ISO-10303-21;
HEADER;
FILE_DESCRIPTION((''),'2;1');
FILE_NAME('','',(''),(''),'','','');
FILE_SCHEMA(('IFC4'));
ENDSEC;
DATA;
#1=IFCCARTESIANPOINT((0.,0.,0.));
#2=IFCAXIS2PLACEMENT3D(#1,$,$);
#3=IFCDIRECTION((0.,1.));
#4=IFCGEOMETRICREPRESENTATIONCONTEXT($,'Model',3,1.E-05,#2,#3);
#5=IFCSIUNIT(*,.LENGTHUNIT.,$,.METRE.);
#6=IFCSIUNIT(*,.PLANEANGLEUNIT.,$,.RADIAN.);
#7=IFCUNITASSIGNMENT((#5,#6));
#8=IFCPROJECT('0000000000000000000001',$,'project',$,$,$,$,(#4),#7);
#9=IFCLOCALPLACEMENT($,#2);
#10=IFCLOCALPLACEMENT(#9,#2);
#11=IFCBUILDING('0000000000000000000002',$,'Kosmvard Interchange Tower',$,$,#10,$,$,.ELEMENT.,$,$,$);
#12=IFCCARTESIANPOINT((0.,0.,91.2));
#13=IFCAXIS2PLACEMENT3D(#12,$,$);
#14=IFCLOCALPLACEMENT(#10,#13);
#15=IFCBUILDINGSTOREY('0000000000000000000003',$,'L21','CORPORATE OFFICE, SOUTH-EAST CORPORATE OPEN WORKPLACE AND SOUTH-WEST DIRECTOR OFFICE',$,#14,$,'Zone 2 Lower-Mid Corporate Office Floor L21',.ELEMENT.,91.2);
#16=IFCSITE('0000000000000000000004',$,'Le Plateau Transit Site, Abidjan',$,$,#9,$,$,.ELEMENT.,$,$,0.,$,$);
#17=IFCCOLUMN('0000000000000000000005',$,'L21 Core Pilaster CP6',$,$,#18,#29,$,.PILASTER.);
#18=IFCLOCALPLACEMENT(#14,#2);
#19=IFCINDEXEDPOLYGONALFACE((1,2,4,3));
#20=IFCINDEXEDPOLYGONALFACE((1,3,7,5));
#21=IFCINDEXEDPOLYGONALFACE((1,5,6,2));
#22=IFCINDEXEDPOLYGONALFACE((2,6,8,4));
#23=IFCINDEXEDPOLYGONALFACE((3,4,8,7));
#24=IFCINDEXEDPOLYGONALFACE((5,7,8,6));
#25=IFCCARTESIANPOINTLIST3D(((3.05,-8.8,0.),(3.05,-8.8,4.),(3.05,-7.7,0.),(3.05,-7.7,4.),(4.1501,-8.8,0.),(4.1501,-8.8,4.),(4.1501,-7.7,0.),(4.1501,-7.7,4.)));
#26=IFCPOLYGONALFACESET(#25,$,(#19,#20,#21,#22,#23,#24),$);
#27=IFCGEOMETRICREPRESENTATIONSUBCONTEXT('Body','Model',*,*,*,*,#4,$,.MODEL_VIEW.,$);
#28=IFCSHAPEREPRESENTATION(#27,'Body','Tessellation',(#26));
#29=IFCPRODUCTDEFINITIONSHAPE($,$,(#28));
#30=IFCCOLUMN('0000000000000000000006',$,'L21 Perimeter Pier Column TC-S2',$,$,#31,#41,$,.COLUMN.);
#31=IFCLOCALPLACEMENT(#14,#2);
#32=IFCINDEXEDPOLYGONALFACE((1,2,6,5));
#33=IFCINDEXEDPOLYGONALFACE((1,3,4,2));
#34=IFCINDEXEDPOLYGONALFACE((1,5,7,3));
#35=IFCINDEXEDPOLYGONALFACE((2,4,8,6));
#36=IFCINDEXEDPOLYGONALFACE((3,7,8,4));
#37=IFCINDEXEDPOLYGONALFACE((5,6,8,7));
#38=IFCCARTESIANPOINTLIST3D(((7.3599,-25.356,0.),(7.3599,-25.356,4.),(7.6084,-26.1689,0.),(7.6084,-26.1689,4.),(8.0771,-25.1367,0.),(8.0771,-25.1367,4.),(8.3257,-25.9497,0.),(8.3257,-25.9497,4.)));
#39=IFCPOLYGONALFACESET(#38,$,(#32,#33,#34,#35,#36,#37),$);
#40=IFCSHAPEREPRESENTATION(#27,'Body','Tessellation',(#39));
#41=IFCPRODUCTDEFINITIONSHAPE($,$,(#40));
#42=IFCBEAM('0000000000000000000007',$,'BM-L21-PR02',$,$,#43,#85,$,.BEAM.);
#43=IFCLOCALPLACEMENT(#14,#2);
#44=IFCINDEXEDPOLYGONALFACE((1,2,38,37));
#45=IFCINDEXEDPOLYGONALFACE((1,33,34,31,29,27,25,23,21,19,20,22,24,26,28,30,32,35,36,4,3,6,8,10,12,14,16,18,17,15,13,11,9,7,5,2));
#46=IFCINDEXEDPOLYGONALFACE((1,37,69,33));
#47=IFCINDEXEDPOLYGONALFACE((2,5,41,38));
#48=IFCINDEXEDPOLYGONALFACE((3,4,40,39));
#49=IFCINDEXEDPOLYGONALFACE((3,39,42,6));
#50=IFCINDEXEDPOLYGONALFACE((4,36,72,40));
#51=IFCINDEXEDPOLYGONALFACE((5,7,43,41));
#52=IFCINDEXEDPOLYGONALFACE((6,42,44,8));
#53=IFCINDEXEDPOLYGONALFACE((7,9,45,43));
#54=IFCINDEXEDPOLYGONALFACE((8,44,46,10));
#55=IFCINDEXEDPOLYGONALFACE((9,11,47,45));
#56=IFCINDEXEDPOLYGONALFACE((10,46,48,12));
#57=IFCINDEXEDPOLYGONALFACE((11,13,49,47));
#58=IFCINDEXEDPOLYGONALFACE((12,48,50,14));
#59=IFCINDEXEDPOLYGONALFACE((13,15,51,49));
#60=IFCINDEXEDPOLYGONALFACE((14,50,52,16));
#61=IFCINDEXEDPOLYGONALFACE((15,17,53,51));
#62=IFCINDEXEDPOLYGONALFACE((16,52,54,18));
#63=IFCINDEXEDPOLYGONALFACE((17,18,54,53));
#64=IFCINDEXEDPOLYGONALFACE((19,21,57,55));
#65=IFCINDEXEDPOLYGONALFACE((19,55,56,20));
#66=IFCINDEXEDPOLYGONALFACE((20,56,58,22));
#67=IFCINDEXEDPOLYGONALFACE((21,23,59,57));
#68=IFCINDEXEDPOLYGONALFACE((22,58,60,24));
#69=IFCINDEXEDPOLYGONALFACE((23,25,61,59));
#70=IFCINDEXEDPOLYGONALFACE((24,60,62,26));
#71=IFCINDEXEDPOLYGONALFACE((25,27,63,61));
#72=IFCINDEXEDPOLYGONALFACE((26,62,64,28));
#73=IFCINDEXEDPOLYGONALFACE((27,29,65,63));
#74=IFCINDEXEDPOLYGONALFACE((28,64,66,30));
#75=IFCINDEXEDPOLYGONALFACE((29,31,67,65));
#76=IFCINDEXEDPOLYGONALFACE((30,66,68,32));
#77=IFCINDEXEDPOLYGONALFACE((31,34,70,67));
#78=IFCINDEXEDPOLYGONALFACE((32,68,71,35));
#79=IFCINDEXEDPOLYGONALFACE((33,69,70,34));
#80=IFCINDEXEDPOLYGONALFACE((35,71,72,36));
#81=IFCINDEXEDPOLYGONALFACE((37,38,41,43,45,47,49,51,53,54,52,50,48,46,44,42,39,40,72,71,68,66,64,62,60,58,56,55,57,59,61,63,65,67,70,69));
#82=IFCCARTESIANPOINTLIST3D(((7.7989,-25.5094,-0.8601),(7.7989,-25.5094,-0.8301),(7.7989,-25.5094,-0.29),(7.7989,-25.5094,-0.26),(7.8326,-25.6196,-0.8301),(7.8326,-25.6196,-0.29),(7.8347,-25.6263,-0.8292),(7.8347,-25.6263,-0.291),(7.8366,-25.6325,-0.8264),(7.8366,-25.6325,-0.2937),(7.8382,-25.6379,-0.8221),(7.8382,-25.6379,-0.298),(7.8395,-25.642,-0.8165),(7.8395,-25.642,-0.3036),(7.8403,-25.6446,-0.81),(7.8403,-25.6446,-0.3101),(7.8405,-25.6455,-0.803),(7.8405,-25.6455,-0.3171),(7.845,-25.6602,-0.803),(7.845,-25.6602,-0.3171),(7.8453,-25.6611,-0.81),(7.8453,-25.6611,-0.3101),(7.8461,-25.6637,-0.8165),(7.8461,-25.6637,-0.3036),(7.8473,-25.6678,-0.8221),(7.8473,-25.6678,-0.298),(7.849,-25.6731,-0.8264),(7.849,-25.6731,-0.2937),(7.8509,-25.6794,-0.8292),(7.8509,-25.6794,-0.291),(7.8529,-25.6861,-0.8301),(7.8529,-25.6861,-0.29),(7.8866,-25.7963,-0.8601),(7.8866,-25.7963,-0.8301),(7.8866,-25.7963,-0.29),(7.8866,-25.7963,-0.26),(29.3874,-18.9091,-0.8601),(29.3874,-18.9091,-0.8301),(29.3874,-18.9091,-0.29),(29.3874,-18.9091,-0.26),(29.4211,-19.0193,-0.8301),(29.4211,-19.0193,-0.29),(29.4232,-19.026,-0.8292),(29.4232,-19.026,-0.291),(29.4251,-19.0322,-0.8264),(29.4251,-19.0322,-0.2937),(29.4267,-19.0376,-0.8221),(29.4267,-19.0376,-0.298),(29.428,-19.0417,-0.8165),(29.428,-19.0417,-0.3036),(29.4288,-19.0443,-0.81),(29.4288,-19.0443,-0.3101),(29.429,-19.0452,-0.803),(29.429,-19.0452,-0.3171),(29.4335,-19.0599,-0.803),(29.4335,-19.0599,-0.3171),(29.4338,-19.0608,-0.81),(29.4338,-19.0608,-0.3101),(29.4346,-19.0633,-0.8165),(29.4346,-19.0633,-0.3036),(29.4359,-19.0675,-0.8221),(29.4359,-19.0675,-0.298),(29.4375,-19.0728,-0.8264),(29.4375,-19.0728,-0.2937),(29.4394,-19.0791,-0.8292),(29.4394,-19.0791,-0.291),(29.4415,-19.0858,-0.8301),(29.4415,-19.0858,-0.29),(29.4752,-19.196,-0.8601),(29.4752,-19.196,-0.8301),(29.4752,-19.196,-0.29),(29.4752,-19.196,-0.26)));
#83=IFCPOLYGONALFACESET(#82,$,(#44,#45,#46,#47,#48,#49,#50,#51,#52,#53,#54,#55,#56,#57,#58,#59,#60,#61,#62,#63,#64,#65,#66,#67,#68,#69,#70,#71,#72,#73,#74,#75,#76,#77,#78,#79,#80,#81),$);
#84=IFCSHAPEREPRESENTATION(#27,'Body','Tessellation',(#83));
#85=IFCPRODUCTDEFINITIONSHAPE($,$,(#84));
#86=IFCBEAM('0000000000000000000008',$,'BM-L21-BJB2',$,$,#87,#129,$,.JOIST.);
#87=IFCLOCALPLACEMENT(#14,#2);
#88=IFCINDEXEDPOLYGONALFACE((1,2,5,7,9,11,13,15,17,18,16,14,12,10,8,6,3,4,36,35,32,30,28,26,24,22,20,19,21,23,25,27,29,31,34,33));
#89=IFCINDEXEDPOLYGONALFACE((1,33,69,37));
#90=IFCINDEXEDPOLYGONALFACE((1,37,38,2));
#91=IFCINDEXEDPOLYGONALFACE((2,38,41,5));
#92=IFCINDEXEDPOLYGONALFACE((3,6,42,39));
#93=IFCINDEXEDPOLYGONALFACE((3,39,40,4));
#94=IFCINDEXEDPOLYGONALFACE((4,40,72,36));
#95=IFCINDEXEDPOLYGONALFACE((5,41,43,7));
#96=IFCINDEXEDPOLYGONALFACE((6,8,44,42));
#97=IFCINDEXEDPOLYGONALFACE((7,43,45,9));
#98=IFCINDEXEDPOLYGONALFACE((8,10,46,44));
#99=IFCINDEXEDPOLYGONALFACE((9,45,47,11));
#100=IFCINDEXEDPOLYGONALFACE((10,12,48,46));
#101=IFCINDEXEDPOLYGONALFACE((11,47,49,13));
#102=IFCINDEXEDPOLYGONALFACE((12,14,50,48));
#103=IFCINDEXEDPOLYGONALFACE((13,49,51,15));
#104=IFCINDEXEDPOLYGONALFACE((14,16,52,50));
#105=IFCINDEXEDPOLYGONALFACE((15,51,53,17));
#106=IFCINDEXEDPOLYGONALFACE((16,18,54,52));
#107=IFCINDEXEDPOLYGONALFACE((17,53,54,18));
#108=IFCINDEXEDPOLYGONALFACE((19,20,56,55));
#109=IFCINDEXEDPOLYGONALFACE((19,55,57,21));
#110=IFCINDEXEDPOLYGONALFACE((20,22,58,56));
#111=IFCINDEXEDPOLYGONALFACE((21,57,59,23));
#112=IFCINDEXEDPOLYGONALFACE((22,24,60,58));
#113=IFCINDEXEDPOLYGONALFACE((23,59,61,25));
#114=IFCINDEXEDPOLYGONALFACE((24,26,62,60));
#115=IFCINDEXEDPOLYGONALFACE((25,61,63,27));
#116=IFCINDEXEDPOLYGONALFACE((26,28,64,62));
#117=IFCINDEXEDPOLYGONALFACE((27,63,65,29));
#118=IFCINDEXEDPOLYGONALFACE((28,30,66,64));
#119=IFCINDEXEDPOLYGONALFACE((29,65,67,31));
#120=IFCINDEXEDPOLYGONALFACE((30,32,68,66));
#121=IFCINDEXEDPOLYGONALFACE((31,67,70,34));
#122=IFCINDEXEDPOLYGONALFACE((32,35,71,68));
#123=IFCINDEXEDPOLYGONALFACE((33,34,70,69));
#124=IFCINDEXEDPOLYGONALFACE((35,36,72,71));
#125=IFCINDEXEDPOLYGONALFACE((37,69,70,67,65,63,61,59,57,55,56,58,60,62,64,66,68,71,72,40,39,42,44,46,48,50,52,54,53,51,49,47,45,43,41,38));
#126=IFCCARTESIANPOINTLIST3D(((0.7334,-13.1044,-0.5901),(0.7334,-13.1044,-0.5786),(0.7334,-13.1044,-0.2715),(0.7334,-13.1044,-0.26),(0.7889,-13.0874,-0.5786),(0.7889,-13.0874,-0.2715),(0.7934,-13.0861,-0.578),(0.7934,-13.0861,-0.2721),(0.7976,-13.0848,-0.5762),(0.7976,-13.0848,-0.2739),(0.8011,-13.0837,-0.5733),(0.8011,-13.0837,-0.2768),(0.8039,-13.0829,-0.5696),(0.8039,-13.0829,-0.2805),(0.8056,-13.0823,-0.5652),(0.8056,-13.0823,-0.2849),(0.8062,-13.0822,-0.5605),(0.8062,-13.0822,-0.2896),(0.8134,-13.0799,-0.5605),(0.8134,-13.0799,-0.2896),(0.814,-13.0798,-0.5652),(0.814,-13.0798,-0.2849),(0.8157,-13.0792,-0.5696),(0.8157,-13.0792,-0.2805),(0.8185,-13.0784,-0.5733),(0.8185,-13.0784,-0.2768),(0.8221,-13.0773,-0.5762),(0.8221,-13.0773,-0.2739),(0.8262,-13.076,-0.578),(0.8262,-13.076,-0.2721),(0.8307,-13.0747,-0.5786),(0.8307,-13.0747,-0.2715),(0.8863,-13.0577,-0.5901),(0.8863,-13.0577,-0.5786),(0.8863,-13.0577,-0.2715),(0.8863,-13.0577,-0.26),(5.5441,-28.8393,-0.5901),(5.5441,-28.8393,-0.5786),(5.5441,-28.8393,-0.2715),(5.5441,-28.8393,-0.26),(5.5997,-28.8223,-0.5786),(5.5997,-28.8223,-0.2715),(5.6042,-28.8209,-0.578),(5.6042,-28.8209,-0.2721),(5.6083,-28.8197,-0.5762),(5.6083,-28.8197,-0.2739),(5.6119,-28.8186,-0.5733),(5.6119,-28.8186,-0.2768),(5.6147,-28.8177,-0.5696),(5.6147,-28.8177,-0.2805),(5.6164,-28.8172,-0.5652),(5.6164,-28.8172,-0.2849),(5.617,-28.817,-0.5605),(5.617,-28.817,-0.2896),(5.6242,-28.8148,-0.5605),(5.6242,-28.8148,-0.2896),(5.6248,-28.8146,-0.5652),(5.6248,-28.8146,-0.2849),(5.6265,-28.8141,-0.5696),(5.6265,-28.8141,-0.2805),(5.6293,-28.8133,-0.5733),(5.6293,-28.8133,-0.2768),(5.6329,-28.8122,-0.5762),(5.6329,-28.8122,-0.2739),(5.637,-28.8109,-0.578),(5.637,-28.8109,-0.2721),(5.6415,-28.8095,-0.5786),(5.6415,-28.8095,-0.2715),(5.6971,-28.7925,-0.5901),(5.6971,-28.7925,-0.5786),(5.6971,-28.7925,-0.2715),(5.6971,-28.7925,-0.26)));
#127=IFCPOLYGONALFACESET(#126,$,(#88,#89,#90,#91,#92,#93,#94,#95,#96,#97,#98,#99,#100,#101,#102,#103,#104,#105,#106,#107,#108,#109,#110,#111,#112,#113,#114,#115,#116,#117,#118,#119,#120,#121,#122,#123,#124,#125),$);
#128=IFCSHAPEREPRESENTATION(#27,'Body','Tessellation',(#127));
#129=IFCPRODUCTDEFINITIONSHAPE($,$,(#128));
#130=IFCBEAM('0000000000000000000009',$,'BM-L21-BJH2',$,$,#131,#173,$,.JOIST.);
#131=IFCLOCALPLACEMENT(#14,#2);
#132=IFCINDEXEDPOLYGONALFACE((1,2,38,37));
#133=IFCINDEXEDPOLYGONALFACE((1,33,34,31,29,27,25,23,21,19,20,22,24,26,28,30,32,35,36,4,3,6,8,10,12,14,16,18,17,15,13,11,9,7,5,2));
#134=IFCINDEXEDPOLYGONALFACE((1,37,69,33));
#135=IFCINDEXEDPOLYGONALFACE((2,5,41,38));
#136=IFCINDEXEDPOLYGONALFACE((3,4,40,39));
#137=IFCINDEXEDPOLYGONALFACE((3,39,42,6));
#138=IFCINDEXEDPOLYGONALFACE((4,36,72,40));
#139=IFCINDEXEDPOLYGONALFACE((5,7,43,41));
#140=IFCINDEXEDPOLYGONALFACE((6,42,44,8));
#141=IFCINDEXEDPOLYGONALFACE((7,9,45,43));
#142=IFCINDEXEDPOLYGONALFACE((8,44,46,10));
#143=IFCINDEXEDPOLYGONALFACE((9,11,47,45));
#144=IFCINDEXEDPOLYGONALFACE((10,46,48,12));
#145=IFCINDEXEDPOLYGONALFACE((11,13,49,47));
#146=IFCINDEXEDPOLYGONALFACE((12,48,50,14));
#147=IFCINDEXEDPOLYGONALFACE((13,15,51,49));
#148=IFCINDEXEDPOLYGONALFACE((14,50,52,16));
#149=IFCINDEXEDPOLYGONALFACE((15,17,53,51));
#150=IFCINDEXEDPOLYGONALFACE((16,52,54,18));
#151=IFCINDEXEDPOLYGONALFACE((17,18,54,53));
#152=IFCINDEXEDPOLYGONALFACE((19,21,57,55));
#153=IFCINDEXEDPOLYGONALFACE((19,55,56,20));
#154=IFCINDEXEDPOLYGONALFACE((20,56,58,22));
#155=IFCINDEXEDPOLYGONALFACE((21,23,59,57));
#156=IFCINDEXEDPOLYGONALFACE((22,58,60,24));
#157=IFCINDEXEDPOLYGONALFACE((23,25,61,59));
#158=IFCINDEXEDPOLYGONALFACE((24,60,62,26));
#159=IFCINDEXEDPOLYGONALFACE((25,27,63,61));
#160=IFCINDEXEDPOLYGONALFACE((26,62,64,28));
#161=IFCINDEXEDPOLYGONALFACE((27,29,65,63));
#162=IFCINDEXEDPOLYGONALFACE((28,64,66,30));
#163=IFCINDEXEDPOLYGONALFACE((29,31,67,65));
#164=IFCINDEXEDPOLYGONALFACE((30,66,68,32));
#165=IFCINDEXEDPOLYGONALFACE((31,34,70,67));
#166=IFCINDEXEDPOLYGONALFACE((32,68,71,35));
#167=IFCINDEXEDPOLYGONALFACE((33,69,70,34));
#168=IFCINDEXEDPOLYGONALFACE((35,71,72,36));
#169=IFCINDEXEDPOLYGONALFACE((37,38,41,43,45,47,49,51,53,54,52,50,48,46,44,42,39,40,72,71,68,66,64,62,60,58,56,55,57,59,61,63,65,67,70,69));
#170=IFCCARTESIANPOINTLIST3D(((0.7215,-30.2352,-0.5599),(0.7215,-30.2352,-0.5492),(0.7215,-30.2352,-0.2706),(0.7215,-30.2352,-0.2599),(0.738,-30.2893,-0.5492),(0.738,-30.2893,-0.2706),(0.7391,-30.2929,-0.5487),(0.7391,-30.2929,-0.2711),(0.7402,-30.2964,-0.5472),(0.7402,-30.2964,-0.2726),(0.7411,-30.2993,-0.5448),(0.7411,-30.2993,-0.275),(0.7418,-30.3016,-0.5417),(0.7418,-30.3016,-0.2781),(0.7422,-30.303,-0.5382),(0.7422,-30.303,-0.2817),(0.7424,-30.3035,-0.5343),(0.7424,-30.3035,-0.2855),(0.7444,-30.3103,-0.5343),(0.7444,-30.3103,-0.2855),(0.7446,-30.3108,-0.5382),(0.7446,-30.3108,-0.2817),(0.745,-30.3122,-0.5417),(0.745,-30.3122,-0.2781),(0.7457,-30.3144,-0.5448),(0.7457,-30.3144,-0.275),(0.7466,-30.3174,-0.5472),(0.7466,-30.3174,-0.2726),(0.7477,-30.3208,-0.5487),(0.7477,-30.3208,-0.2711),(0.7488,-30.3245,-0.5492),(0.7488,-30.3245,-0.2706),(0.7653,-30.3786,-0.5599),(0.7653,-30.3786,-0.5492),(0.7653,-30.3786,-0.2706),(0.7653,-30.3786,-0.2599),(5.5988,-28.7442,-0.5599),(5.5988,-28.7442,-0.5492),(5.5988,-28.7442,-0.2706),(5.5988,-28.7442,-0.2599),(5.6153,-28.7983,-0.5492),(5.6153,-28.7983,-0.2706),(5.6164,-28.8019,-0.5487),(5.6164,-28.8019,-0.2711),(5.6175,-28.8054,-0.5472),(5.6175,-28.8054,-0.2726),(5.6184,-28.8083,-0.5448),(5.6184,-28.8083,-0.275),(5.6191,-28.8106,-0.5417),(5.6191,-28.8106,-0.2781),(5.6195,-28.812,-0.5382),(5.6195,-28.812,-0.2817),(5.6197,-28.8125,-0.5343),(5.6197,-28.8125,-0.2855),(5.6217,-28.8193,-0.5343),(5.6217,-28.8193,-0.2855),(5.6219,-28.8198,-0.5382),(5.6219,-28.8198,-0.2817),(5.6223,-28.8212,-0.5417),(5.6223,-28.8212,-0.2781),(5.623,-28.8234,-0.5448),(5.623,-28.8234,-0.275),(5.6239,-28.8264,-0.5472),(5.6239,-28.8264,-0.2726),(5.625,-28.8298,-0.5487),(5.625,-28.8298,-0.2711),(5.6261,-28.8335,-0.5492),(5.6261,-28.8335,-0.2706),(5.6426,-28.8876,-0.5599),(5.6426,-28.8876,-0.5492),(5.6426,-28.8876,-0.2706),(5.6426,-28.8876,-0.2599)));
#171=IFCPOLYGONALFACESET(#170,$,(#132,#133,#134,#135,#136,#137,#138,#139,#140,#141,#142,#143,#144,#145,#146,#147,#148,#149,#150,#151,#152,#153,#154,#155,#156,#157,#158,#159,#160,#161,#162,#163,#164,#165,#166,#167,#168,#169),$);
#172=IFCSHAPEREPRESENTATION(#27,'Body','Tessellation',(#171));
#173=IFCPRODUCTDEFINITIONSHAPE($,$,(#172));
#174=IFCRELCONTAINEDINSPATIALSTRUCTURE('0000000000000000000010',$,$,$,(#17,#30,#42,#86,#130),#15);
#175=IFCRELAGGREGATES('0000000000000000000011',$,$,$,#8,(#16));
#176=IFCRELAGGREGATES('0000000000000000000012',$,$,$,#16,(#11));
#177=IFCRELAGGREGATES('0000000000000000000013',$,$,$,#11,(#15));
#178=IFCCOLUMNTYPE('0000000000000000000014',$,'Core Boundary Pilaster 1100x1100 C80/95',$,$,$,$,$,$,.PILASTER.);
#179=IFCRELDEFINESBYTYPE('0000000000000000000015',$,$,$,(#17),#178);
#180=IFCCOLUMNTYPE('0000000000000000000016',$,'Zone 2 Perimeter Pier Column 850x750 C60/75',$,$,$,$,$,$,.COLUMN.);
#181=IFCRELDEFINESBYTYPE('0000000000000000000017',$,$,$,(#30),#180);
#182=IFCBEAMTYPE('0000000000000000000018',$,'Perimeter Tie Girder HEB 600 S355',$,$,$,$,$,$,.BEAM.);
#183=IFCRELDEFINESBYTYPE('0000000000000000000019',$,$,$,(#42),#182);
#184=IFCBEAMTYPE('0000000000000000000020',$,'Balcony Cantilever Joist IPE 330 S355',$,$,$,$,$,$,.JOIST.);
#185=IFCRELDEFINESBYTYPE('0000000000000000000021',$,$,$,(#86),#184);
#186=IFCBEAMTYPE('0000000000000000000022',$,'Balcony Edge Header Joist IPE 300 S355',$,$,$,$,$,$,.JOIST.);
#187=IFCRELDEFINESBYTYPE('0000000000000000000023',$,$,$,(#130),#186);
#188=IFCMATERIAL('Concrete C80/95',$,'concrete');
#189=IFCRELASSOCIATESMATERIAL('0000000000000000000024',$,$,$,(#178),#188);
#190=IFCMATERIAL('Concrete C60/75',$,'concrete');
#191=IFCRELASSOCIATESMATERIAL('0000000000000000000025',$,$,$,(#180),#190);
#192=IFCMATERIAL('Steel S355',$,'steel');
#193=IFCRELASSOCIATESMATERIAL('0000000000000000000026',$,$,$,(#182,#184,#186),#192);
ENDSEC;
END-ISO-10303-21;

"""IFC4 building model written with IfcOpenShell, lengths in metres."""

from ifc_helpers import new_model, si_unit, direction, frame, origin, origin_2d, place, context, subcontext, project, spatial, rectangle, i_section, extrude, source, transform, mapped, material, material_profile, profile_set, type_object, element, save


model = new_model("IFC4")

# Units and contexts
model_context = context("Model", 3, precision=1e-05, world=origin(), true_north=direction((0.0, 1.0)))
body_context = subcontext(model_context, "Body", "Model", "MODEL_VIEW")
ifc_project = project(units=[si_unit("LENGTHUNIT", "METRE"), si_unit("PLANEANGLEUNIT", "RADIAN")], contexts=[model_context])

# Site, building, storey
site_placement = place(None, origin())
site = spatial("IfcSite", under=ifc_project, at=site_placement, Name="Le Plateau Transit Site, Abidjan", CompositionType="ELEMENT", RefElevation=0.0)
building_placement = place(site_placement, origin())
building = spatial("IfcBuilding", under=site, at=building_placement, Name="Kosmvard Interchange Tower", CompositionType="ELEMENT")
storey_placement = place(building_placement, frame((0.0, 0.0, 91.2)))
storey = spatial("IfcBuildingStorey", under=building, at=storey_placement, Name="L21", Description="CORPORATE OFFICE, SOUTH-EAST CORPORATE OPEN WORKPLACE AND SOUTH-WEST DIRECTOR OFFICE", LongName="Zone 2 Lower-Mid Corporate Office Floor L21", CompositionType="ELEMENT", Elevation=91.2)

# Columns
ifc_material_1 = material(Name="Concrete C80/95", Category="concrete")
ifc_material_profile_1 = material_profile(ifc_material_1, rectangle(XDim=1.1001, YDim=1.1001, at=origin_2d()), Name="CP 1100x1100")
ifc_profile_set_1 = profile_set([ifc_material_profile_1], Name="Concrete C80/95")
column_type_1 = type_object("IfcColumnType", Name="Core Boundary Pilaster 1100x1100 C80/95", PredefinedType="PILASTER", material=ifc_profile_set_1)
shared_shape_1 = source(origin(), body_context, "Body", "SweptSolid", [
    extrude(rectangle(XDim=1.1001, YDim=1.1001, at=origin_2d()), origin(), (0.0, 0.0, 1.0), 4.0),
])
column_1_placement = place(storey_placement, frame((3.6001, -8.25, 0.0), z_axis=(0.0, 0.0, 1.0), x_axis=(1.0, 0.0, 0.0)))
element("IfcColumn", 1, at=column_1_placement, inside=storey, type_object=column_type_1, Name="L21 Core Pilaster CP6", PredefinedType="PILASTER", context=body_context, shape_type="MappedRepresentation", body=[
    mapped(shared_shape_1, transform((0.0, 0.0, 0.0), scale=1.0)),
])
ifc_material_2 = material(Name="Concrete C60/75", Category="concrete")
ifc_material_profile_2 = material_profile(ifc_material_2, rectangle(XDim=0.75, YDim=0.8501, at=origin_2d()), Name="TC 850x750")
ifc_profile_set_2 = profile_set([ifc_material_profile_2], Name="Concrete C60/75")
column_type_2 = type_object("IfcColumnType", Name="Zone 2 Perimeter Pier Column 850x750 C60/75", PredefinedType="COLUMN", material=ifc_profile_set_2)
shared_shape_2 = source(origin(), body_context, "Body", "SweptSolid", [
    extrude(rectangle(XDim=0.75, YDim=0.8501, at=origin_2d()), origin(), (0.0, 0.0, 1.0), 4.0),
])
column_2_placement = place(storey_placement, frame((7.8428, -25.6528, 0.0), z_axis=(0.0, 0.0, 1.0), x_axis=(0.956305, 0.292372, 0.0)))
element("IfcColumn", 2, at=column_2_placement, inside=storey, type_object=column_type_2, Name="L21 Perimeter Pier Column TC-S2", PredefinedType="COLUMN", context=body_context, shape_type="MappedRepresentation", body=[
    mapped(shared_shape_2, transform((0.0, 0.0, 0.0), scale=1.0)),
])

# Beams
ifc_material_3 = material(Name="Steel S355", Category="steel")
ifc_material_profile_3 = material_profile(ifc_material_3, i_section(OverallWidth=0.3, OverallDepth=0.6001, WebThickness=0.0154, FlangeThickness=0.03, FilletRadius=0.0271, at=origin_2d()), Name="HEB 600")
ifc_profile_set_3 = profile_set([ifc_material_profile_3], Name="Steel S355")
beam_type_1 = type_object("IfcBeamType", Name="Perimeter Tie Girder HEB 600 S355", PredefinedType="BEAM", material=ifc_profile_set_3)
shared_shape_3 = source(origin(), body_context, "Body", "SweptSolid", [
    extrude(i_section(OverallWidth=0.3, OverallDepth=0.6001, WebThickness=0.0154, FlangeThickness=0.03, FilletRadius=0.0271, at=origin_2d()), origin(), (0.0, 0.0, 1.0), 22.575),
])
beam_1_placement = place(storey_placement, frame((7.8428, -25.6528, -0.5601), z_axis=(0.956304, 0.292373, 0.0), x_axis=(-0.292373, 0.956304, 0.0)))
element("IfcBeam", 3, at=beam_1_placement, inside=storey, type_object=beam_type_1, Name="BM-L21-PR02", PredefinedType="BEAM", context=body_context, shape_type="MappedRepresentation", body=[
    mapped(shared_shape_3, transform((0.0, 0.0, 0.0), scale=1.0)),
])
ifc_material_profile_4 = material_profile(ifc_material_3, i_section(OverallWidth=0.1599, OverallDepth=0.3301, WebThickness=0.0076, FlangeThickness=0.0115, FilletRadius=0.0181, at=origin_2d()), Name="IPE 330")
ifc_profile_set_4 = profile_set([ifc_material_profile_4], Name="Steel S355")
beam_type_2 = type_object("IfcBeamType", Name="Balcony Cantilever Joist IPE 330 S355", PredefinedType="JOIST", material=ifc_profile_set_4)
shared_shape_4 = source(origin(), body_context, "Body", "SweptSolid", [
    extrude(i_section(OverallWidth=0.1599, OverallDepth=0.3301, WebThickness=0.0076, FlangeThickness=0.0115, FilletRadius=0.0181, at=origin_2d()), origin(), (0.0, 0.0, 1.0), 16.4539),
])
beam_2_placement = place(storey_placement, frame((0.8098, -13.0811, -0.425), z_axis=(0.292381, -0.956302, 0.0), x_axis=(0.956302, 0.292381, 0.0)))
element("IfcBeam", 4, at=beam_2_placement, inside=storey, type_object=beam_type_2, Name="BM-L21-BJB2", PredefinedType="JOIST", context=body_context, shape_type="MappedRepresentation", body=[
    mapped(shared_shape_4, transform((0.0, 0.0, 0.0), scale=1.0)),
])
ifc_material_profile_5 = material_profile(ifc_material_3, i_section(OverallWidth=0.1499, OverallDepth=0.3, WebThickness=0.0071, FlangeThickness=0.0107, FilletRadius=0.0149, at=origin_2d()), Name="IPE 300")
ifc_profile_set_5 = profile_set([ifc_material_profile_5], Name="Steel S355")
beam_type_3 = type_object("IfcBeamType", Name="Balcony Edge Header Joist IPE 300 S355", PredefinedType="JOIST", material=ifc_profile_set_5)
shared_shape_5 = source(origin(), body_context, "Body", "SweptSolid", [
    extrude(i_section(OverallWidth=0.1499, OverallDepth=0.3, WebThickness=0.0071, FlangeThickness=0.0107, FilletRadius=0.0149, at=origin_2d()), origin(), (0.0, 0.0, 1.0), 5.1001),
])
beam_3_placement = place(storey_placement, frame((0.7434, -30.3069, -0.4099), z_axis=(0.956313, 0.292346, 0.0), x_axis=(-0.292346, 0.956313, 0.0)))
element("IfcBeam", 5, at=beam_3_placement, inside=storey, type_object=beam_type_3, Name="BM-L21-BJH2", PredefinedType="JOIST", context=body_context, shape_type="MappedRepresentation", body=[
    mapped(shared_shape_5, transform((0.0, 0.0, 0.0), scale=1.0)),
])

save(model, "model.ifc")
